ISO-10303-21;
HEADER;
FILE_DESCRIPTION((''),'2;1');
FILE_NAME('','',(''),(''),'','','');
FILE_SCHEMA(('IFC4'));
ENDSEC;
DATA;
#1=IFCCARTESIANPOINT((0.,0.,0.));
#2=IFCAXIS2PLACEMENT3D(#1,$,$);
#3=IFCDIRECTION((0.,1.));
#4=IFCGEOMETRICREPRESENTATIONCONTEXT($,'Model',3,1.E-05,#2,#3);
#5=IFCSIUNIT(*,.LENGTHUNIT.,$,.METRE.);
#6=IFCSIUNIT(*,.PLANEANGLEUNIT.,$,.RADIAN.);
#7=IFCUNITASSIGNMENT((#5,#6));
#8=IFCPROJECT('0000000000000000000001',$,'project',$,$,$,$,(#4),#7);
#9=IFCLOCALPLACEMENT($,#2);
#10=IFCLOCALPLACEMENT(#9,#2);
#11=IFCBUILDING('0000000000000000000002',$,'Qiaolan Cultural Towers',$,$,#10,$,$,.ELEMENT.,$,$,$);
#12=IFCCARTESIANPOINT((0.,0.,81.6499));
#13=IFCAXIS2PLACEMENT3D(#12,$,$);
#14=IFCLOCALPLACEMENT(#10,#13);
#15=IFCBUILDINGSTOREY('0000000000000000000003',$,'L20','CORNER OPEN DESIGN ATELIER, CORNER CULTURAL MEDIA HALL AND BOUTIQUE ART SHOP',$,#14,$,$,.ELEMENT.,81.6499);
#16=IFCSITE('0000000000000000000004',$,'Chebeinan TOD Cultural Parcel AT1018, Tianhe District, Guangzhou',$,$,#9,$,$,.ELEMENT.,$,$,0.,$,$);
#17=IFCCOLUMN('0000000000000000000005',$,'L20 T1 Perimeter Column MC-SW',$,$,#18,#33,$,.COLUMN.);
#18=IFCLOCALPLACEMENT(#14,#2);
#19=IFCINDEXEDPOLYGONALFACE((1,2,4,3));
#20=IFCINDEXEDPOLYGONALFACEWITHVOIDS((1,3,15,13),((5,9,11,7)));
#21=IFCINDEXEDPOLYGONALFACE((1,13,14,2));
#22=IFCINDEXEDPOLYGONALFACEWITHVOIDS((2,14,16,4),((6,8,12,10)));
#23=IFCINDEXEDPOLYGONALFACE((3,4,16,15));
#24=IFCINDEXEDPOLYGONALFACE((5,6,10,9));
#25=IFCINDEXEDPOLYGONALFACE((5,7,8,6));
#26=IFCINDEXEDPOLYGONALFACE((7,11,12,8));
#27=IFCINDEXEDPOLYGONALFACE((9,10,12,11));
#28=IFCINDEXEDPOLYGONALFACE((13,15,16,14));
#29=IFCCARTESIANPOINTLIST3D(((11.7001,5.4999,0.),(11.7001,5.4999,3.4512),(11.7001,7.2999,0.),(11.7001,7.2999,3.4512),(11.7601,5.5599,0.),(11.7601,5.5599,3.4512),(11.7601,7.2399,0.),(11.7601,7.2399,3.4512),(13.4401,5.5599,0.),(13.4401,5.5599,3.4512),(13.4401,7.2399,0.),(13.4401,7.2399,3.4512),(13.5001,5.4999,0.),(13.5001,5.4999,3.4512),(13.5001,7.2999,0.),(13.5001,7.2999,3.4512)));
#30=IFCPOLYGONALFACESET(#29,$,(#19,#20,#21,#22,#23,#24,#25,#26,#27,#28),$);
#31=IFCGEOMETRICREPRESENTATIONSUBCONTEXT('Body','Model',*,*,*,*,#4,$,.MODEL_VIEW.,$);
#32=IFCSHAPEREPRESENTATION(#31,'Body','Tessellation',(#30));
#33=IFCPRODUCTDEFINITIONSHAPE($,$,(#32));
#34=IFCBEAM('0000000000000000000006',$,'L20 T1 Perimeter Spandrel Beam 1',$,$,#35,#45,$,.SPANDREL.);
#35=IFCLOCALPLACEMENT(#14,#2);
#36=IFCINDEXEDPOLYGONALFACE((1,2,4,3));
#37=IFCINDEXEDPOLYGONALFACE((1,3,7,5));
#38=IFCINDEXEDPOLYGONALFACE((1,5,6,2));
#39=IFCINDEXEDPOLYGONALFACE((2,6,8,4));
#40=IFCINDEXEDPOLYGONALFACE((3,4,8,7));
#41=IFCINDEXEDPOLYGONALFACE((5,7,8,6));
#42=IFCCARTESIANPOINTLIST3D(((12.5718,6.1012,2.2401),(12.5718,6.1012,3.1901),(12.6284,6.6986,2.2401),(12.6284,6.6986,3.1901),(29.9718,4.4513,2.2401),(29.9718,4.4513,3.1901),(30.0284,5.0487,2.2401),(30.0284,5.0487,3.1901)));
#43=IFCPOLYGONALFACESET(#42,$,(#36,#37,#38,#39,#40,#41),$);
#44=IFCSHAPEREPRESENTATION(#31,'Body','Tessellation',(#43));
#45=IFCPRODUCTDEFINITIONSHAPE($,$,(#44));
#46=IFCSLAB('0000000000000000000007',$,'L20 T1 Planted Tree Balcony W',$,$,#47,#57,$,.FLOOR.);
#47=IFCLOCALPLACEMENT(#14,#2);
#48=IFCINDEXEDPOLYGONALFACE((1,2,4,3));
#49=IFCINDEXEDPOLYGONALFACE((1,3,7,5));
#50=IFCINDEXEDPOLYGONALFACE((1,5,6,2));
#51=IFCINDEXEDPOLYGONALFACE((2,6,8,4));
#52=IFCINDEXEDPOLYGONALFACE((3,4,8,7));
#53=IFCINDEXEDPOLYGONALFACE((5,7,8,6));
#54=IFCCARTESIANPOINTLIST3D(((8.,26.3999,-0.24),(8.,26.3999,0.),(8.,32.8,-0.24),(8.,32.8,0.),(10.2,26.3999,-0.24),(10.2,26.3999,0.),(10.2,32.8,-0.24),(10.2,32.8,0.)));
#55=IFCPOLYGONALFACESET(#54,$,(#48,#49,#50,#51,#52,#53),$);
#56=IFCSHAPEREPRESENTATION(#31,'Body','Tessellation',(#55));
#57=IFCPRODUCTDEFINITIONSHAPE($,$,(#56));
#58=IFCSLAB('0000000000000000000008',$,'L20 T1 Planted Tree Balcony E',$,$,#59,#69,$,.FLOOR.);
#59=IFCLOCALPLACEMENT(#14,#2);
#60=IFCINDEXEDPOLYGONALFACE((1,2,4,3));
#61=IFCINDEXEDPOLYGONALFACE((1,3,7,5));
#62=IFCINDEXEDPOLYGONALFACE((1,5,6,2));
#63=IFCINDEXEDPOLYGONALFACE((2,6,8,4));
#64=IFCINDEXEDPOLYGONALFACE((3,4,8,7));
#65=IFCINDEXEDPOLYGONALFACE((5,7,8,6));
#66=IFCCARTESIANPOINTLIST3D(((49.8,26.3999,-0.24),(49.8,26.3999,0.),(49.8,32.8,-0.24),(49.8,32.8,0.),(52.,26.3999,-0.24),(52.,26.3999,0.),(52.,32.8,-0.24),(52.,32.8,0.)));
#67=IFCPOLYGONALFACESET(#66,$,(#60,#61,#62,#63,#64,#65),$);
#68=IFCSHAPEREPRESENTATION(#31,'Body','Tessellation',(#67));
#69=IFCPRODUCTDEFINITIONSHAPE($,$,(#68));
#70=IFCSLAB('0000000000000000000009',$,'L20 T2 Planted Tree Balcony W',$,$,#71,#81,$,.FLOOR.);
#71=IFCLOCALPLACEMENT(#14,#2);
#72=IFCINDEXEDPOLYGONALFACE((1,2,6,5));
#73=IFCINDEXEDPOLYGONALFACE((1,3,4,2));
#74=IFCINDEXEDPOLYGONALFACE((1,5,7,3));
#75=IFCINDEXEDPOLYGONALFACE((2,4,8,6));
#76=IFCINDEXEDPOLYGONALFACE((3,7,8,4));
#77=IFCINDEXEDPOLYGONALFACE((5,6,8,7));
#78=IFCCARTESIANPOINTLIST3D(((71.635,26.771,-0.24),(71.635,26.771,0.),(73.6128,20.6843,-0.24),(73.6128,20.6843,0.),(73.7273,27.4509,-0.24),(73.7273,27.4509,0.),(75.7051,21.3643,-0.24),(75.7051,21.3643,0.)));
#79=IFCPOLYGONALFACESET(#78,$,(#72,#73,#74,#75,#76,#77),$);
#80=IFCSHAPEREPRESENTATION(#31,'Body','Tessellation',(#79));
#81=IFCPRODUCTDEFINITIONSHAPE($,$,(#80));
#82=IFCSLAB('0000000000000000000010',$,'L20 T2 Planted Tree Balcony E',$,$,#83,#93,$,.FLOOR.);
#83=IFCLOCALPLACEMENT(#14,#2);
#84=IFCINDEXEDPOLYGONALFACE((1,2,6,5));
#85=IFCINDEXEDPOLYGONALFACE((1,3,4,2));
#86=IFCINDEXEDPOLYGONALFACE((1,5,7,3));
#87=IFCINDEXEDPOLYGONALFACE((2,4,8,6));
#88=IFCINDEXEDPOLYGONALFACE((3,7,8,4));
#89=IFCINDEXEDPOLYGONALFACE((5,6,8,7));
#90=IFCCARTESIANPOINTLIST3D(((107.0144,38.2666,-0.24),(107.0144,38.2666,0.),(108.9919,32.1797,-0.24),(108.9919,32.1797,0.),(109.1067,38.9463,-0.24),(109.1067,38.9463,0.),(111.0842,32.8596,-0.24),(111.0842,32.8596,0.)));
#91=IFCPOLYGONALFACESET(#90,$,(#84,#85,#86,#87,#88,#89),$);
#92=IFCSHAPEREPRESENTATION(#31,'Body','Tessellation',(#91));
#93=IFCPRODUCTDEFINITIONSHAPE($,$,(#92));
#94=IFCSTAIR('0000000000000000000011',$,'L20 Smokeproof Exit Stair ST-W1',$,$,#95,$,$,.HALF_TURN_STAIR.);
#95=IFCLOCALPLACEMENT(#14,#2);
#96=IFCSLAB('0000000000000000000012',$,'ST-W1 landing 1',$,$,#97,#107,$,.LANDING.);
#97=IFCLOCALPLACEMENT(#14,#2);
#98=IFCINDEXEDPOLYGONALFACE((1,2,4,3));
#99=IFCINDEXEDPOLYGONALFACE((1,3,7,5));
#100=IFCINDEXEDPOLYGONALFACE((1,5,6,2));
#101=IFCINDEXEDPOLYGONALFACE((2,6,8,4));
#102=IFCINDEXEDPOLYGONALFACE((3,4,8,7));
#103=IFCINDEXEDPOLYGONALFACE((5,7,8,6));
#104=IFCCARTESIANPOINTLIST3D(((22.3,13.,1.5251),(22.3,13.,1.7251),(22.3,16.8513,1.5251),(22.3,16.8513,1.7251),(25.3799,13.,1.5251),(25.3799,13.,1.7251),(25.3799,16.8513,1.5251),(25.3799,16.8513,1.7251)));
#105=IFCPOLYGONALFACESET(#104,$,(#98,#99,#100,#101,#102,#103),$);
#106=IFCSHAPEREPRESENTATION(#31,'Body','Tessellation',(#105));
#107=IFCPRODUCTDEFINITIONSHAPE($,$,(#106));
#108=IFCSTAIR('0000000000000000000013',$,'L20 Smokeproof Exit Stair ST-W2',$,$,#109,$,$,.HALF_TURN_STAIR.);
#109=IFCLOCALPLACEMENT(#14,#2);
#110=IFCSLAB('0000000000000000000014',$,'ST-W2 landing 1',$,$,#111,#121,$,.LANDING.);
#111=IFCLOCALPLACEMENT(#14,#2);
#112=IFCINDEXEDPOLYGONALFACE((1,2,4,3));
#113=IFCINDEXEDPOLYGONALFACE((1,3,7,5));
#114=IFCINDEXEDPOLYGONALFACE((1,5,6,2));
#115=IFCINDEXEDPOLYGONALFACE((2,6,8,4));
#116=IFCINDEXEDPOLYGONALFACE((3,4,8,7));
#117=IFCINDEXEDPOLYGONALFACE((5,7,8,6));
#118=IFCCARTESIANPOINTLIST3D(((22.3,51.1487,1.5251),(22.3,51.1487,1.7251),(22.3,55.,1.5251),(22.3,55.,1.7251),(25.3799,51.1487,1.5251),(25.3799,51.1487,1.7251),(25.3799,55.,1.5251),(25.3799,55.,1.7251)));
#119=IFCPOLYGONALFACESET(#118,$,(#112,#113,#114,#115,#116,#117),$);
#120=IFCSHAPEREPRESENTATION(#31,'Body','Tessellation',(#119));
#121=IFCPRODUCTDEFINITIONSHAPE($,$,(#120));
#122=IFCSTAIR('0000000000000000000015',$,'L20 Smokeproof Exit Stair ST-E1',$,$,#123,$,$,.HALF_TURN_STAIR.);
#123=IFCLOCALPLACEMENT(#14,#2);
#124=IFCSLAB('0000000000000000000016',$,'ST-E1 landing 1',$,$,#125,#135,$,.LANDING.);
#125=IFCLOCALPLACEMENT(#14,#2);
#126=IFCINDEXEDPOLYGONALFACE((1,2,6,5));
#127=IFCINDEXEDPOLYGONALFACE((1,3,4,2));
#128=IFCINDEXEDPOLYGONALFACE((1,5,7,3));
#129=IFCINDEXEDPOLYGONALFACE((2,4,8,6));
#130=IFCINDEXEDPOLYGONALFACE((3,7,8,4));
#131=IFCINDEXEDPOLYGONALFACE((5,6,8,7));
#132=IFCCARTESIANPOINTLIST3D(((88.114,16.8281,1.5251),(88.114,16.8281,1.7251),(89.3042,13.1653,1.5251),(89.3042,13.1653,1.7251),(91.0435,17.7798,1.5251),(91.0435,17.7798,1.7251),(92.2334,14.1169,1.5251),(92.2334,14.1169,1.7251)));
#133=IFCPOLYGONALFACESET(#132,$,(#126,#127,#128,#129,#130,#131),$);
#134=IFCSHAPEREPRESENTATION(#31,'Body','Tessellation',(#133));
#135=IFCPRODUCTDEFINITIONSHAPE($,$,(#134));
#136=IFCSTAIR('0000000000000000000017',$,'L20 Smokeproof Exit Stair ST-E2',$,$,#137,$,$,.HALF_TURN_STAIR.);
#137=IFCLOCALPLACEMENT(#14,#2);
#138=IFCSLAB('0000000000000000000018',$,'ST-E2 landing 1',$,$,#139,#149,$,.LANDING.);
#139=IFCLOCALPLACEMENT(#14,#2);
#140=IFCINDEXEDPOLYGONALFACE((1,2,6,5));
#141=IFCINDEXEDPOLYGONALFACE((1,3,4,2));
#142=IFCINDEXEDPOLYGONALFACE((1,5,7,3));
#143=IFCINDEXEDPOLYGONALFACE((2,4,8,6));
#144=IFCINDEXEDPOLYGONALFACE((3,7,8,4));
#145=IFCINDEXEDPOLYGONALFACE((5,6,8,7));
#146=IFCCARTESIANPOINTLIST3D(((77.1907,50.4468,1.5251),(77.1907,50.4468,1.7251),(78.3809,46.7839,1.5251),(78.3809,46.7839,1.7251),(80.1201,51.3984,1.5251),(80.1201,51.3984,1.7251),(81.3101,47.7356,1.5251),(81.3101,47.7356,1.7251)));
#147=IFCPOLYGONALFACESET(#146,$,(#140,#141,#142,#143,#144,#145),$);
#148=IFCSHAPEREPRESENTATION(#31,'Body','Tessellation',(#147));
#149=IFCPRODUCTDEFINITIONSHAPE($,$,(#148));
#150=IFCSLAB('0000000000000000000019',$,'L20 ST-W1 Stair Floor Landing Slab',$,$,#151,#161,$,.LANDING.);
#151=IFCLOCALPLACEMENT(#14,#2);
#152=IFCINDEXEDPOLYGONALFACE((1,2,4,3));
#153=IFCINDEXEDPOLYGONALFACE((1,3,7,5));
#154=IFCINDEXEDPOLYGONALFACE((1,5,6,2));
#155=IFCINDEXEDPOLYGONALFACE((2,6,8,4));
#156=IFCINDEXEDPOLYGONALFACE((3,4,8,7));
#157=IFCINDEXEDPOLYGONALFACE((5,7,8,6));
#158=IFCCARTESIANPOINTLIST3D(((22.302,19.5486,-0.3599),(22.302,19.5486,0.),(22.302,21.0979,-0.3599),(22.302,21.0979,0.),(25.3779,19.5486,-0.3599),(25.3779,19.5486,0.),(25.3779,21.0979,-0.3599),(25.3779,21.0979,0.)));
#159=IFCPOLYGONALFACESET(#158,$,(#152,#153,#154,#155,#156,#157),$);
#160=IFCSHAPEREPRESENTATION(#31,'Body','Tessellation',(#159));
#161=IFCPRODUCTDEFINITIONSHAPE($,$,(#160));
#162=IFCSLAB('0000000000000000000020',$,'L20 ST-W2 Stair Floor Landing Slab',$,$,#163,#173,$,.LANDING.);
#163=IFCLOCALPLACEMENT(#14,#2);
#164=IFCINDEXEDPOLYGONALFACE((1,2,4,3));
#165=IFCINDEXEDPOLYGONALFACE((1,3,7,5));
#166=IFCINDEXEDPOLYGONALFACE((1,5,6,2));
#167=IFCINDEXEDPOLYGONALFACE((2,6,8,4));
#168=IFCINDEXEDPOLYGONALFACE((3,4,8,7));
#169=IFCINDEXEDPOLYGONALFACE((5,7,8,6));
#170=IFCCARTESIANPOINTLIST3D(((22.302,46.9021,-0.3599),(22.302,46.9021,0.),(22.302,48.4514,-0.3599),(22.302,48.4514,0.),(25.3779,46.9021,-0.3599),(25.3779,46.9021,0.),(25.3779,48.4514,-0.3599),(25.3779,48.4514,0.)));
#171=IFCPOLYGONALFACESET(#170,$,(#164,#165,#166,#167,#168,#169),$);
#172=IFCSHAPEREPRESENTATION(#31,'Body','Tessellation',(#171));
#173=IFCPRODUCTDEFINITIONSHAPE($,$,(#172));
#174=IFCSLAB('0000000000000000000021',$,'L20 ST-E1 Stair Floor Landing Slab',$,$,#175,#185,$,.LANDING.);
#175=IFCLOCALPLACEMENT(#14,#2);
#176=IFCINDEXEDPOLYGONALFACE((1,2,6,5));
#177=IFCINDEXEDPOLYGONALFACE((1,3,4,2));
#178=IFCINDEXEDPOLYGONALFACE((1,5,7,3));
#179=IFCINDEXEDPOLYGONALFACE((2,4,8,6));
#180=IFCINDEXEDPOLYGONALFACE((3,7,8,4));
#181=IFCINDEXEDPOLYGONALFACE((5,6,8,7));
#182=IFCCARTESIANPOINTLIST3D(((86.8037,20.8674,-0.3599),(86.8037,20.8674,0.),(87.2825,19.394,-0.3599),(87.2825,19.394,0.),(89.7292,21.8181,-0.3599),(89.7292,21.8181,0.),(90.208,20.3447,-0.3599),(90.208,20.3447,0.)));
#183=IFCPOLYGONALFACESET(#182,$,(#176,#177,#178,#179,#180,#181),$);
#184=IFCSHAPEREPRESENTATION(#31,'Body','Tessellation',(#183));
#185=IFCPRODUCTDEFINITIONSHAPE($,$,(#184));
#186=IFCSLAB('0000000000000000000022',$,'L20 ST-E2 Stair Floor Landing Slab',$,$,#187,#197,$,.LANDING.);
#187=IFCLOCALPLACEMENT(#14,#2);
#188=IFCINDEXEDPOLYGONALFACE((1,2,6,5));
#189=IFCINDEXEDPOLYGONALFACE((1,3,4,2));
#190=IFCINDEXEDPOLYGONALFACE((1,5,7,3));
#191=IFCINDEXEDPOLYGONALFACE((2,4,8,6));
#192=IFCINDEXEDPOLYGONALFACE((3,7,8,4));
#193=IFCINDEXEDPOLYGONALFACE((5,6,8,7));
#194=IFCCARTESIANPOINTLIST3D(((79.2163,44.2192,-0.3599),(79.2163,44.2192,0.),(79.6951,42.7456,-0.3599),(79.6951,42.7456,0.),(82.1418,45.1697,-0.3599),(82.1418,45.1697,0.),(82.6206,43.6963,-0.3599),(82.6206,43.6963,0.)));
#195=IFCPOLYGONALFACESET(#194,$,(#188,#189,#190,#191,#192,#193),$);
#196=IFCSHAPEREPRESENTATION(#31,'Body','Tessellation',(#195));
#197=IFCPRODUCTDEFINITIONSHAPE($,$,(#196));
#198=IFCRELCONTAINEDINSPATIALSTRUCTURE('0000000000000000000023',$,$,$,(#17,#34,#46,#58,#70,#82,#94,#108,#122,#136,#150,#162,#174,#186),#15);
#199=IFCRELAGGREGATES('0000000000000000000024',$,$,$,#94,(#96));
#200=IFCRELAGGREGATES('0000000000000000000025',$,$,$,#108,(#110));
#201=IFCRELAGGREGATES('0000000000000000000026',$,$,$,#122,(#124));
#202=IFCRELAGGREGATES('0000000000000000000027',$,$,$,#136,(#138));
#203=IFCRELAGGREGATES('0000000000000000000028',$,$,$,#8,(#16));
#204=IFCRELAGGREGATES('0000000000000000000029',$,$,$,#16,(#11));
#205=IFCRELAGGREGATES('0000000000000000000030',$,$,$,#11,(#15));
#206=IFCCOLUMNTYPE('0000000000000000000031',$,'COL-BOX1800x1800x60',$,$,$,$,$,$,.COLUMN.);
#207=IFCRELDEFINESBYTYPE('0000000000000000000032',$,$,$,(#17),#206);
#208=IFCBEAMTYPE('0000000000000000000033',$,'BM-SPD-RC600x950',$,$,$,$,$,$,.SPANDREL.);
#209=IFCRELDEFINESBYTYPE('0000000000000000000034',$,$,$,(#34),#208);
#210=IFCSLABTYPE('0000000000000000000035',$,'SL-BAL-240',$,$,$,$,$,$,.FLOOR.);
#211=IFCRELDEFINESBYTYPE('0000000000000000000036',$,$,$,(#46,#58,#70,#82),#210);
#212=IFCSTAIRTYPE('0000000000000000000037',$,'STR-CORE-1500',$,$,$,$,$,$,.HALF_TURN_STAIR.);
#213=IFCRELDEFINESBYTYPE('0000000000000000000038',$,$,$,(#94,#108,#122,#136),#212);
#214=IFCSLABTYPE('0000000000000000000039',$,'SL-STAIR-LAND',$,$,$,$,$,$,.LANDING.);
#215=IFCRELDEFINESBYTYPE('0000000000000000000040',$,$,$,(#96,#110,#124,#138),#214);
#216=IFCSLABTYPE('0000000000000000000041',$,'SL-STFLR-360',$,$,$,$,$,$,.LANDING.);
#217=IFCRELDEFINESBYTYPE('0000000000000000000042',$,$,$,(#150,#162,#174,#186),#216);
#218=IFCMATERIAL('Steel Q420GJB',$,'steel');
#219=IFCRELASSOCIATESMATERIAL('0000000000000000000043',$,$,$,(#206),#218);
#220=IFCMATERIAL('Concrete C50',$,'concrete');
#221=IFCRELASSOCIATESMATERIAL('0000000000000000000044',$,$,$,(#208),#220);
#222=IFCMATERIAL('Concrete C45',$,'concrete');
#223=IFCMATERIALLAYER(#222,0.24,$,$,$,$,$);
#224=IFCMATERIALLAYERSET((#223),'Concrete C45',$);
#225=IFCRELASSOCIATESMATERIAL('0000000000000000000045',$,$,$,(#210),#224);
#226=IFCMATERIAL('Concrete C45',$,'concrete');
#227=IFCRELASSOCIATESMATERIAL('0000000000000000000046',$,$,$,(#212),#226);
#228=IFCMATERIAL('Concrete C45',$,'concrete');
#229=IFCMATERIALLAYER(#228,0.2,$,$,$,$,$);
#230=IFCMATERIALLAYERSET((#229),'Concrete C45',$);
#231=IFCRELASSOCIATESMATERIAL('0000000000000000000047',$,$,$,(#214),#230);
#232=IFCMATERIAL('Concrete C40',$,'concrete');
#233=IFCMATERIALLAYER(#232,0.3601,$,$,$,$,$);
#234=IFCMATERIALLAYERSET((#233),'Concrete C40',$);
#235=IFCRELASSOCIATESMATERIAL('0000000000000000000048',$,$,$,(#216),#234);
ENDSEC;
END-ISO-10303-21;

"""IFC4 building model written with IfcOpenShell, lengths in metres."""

from ifc_helpers import new_model, si_unit, direction, frame, origin, origin_2d, place, context, subcontext, project, spatial, polyline, rectangle, hollow_rectangle, outline, extrude, material, layer, layer_set, material_profile, profile_set, type_object, element, aggregate, save


model = new_model("IFC4")

# Units and contexts
model_context = context("Model", 3, precision=1e-05, world=origin(), true_north=direction((0.0, 1.0)))
body_context = subcontext(model_context, "Body", "Model", "MODEL_VIEW")
ifc_project = project(units=[si_unit("LENGTHUNIT", "METRE"), si_unit("PLANEANGLEUNIT", "RADIAN")], contexts=[model_context])

# Site, building, storey
site_placement = place(None, origin())
site = spatial("IfcSite", under=ifc_project, at=site_placement, Name="Chebeinan TOD Cultural Parcel AT1018, Tianhe District, Guangzhou", CompositionType="ELEMENT", RefElevation=0.0)
building_placement = place(site_placement, origin())
building = spatial("IfcBuilding", under=site, at=building_placement, Name="Qiaolan Cultural Towers", CompositionType="ELEMENT")
storey_placement = place(building_placement, frame((0.0, 0.0, 81.6499)))
storey = spatial("IfcBuildingStorey", under=building, at=storey_placement, Name="L20", Description="CORNER OPEN DESIGN ATELIER, CORNER CULTURAL MEDIA HALL AND BOUTIQUE ART SHOP", CompositionType="ELEMENT", Elevation=81.6499)

# Column
ifc_material_1 = material(Name="Steel Q420GJB", Category="steel")
ifc_material_profile_1 = material_profile(ifc_material_1, hollow_rectangle(XDim=1.8, YDim=1.8, WallThickness=0.0601, at=origin_2d()), Name="BOX1800x1800x60")
ifc_profile_set_1 = profile_set([ifc_material_profile_1], Name="Steel Q420GJB")
column_type = type_object("IfcColumnType", Name="COL-BOX1800x1800x60", PredefinedType="COLUMN", material=ifc_profile_set_1)
column_placement = place(storey_placement, frame((12.6001, 6.3999, 0.0), z_axis=(0.0, 0.0, 1.0), x_axis=(1.0, 0.0, 0.0)))
element("IfcColumn", 1, at=column_placement, inside=storey, type_object=column_type, Name="L20 T1 Perimeter Column MC-SW", PredefinedType="COLUMN", context=body_context, shape_type="SweptSolid", body=[
    extrude(hollow_rectangle(XDim=1.8, YDim=1.8, WallThickness=0.0601, at=origin_2d()), origin(), (0.0, 0.0, 1.0), 3.4512),
])

# Beam
ifc_material_2 = material(Name="Concrete C50", Category="concrete")
ifc_material_profile_2 = material_profile(ifc_material_2, rectangle(XDim=0.6001, YDim=0.95, at=origin_2d()), Name="RC600x950")
ifc_profile_set_2 = profile_set([ifc_material_profile_2], Name="Concrete C50")
beam_type = type_object("IfcBeamType", Name="BM-SPD-RC600x950", PredefinedType="SPANDREL", material=ifc_profile_set_2)
beam_placement = place(storey_placement, frame((12.6001, 6.3999, 2.7151), z_axis=(0.995534, -0.094399, 0.0), x_axis=(0.094399, 0.995534, 0.0)))
element("IfcBeam", 2, at=beam_placement, inside=storey, type_object=beam_type, Name="L20 T1 Perimeter Spandrel Beam 1", PredefinedType="SPANDREL", context=body_context, shape_type="SweptSolid", body=[
    extrude(rectangle(XDim=0.6001, YDim=0.95, at=origin_2d()), origin(), (0.0, 0.0, 1.0), 17.478),
])

# Slabs
ifc_material_3 = material(Name="Concrete C45", Category="concrete")
ifc_layer_1 = layer(ifc_material_3, 0.24)
ifc_layer_set_1 = layer_set([ifc_layer_1], Name="Concrete C45")
slab_type_1 = type_object("IfcSlabType", Name="SL-BAL-240", PredefinedType="FLOOR", material=ifc_layer_set_1)
slab_1_placement = place(storey_placement, frame((0.0, 0.0, -0.24)))
element("IfcSlab", 3, at=slab_1_placement, inside=storey, type_object=slab_type_1, Name="L20 T1 Planted Tree Balcony W", PredefinedType="FLOOR", context=body_context, shape_type="SweptSolid", body=[
    extrude(outline(polyline([(8.0, 26.3999), (10.2, 26.3999), (10.2, 32.8), (8.0, 32.8), (8.0, 26.3999)])), origin(), (0.0, 0.0, 1.0), 0.24),
])
slab_2_placement = place(storey_placement, frame((0.0, 0.0, -0.24)))
element("IfcSlab", 4, at=slab_2_placement, inside=storey, type_object=slab_type_1, Name="L20 T1 Planted Tree Balcony E", PredefinedType="FLOOR", context=body_context, shape_type="SweptSolid", body=[
    extrude(outline(polyline([(49.8, 26.3999), (52.0, 26.3999), (52.0, 32.8), (49.8, 32.8), (49.8, 26.3999)])), origin(), (0.0, 0.0, 1.0), 0.24),
])
slab_3_placement = place(storey_placement, frame((0.0, 0.0, -0.24)))
element("IfcSlab", 5, at=slab_3_placement, inside=storey, type_object=slab_type_1, Name="L20 T2 Planted Tree Balcony W", PredefinedType="FLOOR", context=body_context, shape_type="SweptSolid", body=[
    extrude(outline(polyline([(73.6128, 20.6843), (75.7051, 21.3643), (73.7273, 27.4509), (71.635, 26.771), (73.6128, 20.6843)])), origin(), (0.0, 0.0, 1.0), 0.24),
])
slab_4_placement = place(storey_placement, frame((0.0, 0.0, -0.24)))
element("IfcSlab", 6, at=slab_4_placement, inside=storey, type_object=slab_type_1, Name="L20 T2 Planted Tree Balcony E", PredefinedType="FLOOR", context=body_context, shape_type="SweptSolid", body=[
    extrude(outline(polyline([(108.9919, 32.1797), (111.0842, 32.8596), (109.1067, 38.9463), (107.0144, 38.2666), (108.9919, 32.1797)])), origin(), (0.0, 0.0, 1.0), 0.24),
])

# Stairs, slabs
ifc_material_4 = material(Name="Concrete C45", Category="concrete")
stair_type = type_object("IfcStairType", Name="STR-CORE-1500", PredefinedType="HALF_TURN_STAIR", material=ifc_material_4)
stair_1_placement = place(storey_placement, origin())
stair_1 = element("IfcStair", 7, at=stair_1_placement, inside=storey, type_object=stair_type, Name="L20 Smokeproof Exit Stair ST-W1", PredefinedType="HALF_TURN_STAIR")
ifc_material_5 = material(Name="Concrete C45", Category="concrete")
ifc_layer_2 = layer(ifc_material_5, 0.2)
ifc_layer_set_2 = layer_set([ifc_layer_2], Name="Concrete C45")
slab_type_2 = type_object("IfcSlabType", Name="SL-STAIR-LAND", PredefinedType="LANDING", material=ifc_layer_set_2)
slab_5_placement = place(storey_placement, frame((0.0, 0.0, 1.5251)))
slab_5 = element("IfcSlab", 8, at=slab_5_placement, type_object=slab_type_2, Name="ST-W1 landing 1", PredefinedType="LANDING", context=body_context, shape_type="SweptSolid", body=[
    extrude(outline(polyline([(22.3, 16.8513), (22.3, 13.0), (25.3799, 13.0), (25.3799, 16.8513), (22.3, 16.8513)])), origin(), (0.0, 0.0, 1.0), 0.2),
])
aggregate(stair_1, [slab_5])
stair_2_placement = place(storey_placement, origin())
stair_2 = element("IfcStair", 9, at=stair_2_placement, inside=storey, type_object=stair_type, Name="L20 Smokeproof Exit Stair ST-W2", PredefinedType="HALF_TURN_STAIR")
slab_6_placement = place(storey_placement, frame((0.0, 0.0, 1.5251)))
slab_6 = element("IfcSlab", 10, at=slab_6_placement, type_object=slab_type_2, Name="ST-W2 landing 1", PredefinedType="LANDING", context=body_context, shape_type="SweptSolid", body=[
    extrude(outline(polyline([(25.3799, 51.1487), (25.3799, 55.0), (22.3, 55.0), (22.3, 51.1487), (25.3799, 51.1487)])), origin(), (0.0, 0.0, 1.0), 0.2),
])
aggregate(stair_2, [slab_6])
stair_3_placement = place(storey_placement, origin())
stair_3 = element("IfcStair", 11, at=stair_3_placement, inside=storey, type_object=stair_type, Name="L20 Smokeproof Exit Stair ST-E1", PredefinedType="HALF_TURN_STAIR")
slab_7_placement = place(storey_placement, frame((0.0, 0.0, 1.5251)))
slab_7 = element("IfcSlab", 12, at=slab_7_placement, type_object=slab_type_2, Name="ST-E1 landing 1", PredefinedType="LANDING", context=body_context, shape_type="SweptSolid", body=[
    extrude(outline(polyline([(88.114, 16.8281), (89.3042, 13.1653), (92.2334, 14.1169), (91.0435, 17.7798), (88.114, 16.8281)])), origin(), (0.0, 0.0, 1.0), 0.2),
])
aggregate(stair_3, [slab_7])
stair_4_placement = place(storey_placement, origin())
stair_4 = element("IfcStair", 13, at=stair_4_placement, inside=storey, type_object=stair_type, Name="L20 Smokeproof Exit Stair ST-E2", PredefinedType="HALF_TURN_STAIR")
slab_8_placement = place(storey_placement, frame((0.0, 0.0, 1.5251)))
slab_8 = element("IfcSlab", 14, at=slab_8_placement, type_object=slab_type_2, Name="ST-E2 landing 1", PredefinedType="LANDING", context=body_context, shape_type="SweptSolid", body=[
    extrude(outline(polyline([(81.3101, 47.7356), (80.1201, 51.3984), (77.1907, 50.4468), (78.3809, 46.7839), (81.3101, 47.7356)])), origin(), (0.0, 0.0, 1.0), 0.2),
])
aggregate(stair_4, [slab_8])

# Slabs
ifc_material_6 = material(Name="Concrete C40", Category="concrete")
ifc_layer_3 = layer(ifc_material_6, 0.3601)
ifc_layer_set_3 = layer_set([ifc_layer_3], Name="Concrete C40")
slab_type_3 = type_object("IfcSlabType", Name="SL-STFLR-360", PredefinedType="LANDING", material=ifc_layer_set_3)
slab_9_placement = place(storey_placement, frame((0.0, 0.0, -0.3599)))
element("IfcSlab", 15, at=slab_9_placement, inside=storey, type_object=slab_type_3, Name="L20 ST-W1 Stair Floor Landing Slab", PredefinedType="LANDING", context=body_context, shape_type="SweptSolid", body=[
    extrude(outline(polyline([(22.302, 21.0979), (22.302, 19.5486), (25.3779, 19.5486), (25.3779, 21.0979), (22.302, 21.0979)])), origin(), (0.0, 0.0, 1.0), 0.3599),
])
slab_10_placement = place(storey_placement, frame((0.0, 0.0, -0.3599)))
element("IfcSlab", 16, at=slab_10_placement, inside=storey, type_object=slab_type_3, Name="L20 ST-W2 Stair Floor Landing Slab", PredefinedType="LANDING", context=body_context, shape_type="SweptSolid", body=[
    extrude(outline(polyline([(25.3779, 46.9021), (25.3779, 48.4514), (22.302, 48.4514), (22.302, 46.9021), (25.3779, 46.9021)])), origin(), (0.0, 0.0, 1.0), 0.3599),
])
slab_11_placement = place(storey_placement, frame((0.0, 0.0, -0.3599)))
element("IfcSlab", 17, at=slab_11_placement, inside=storey, type_object=slab_type_3, Name="L20 ST-E1 Stair Floor Landing Slab", PredefinedType="LANDING", context=body_context, shape_type="SweptSolid", body=[
    extrude(outline(polyline([(86.8037, 20.8674), (87.2825, 19.394), (90.208, 20.3447), (89.7292, 21.8181), (86.8037, 20.8674)])), origin(), (0.0, 0.0, 1.0), 0.3599),
])
slab_12_placement = place(storey_placement, frame((0.0, 0.0, -0.3599)))
element("IfcSlab", 18, at=slab_12_placement, inside=storey, type_object=slab_type_3, Name="L20 ST-E2 Stair Floor Landing Slab", PredefinedType="LANDING", context=body_context, shape_type="SweptSolid", body=[
    extrude(outline(polyline([(82.6206, 43.6963), (82.1418, 45.1697), (79.2163, 44.2192), (79.6951, 42.7456), (82.6206, 43.6963)])), origin(), (0.0, 0.0, 1.0), 0.3599),
])

save(model, "model.ifc")
